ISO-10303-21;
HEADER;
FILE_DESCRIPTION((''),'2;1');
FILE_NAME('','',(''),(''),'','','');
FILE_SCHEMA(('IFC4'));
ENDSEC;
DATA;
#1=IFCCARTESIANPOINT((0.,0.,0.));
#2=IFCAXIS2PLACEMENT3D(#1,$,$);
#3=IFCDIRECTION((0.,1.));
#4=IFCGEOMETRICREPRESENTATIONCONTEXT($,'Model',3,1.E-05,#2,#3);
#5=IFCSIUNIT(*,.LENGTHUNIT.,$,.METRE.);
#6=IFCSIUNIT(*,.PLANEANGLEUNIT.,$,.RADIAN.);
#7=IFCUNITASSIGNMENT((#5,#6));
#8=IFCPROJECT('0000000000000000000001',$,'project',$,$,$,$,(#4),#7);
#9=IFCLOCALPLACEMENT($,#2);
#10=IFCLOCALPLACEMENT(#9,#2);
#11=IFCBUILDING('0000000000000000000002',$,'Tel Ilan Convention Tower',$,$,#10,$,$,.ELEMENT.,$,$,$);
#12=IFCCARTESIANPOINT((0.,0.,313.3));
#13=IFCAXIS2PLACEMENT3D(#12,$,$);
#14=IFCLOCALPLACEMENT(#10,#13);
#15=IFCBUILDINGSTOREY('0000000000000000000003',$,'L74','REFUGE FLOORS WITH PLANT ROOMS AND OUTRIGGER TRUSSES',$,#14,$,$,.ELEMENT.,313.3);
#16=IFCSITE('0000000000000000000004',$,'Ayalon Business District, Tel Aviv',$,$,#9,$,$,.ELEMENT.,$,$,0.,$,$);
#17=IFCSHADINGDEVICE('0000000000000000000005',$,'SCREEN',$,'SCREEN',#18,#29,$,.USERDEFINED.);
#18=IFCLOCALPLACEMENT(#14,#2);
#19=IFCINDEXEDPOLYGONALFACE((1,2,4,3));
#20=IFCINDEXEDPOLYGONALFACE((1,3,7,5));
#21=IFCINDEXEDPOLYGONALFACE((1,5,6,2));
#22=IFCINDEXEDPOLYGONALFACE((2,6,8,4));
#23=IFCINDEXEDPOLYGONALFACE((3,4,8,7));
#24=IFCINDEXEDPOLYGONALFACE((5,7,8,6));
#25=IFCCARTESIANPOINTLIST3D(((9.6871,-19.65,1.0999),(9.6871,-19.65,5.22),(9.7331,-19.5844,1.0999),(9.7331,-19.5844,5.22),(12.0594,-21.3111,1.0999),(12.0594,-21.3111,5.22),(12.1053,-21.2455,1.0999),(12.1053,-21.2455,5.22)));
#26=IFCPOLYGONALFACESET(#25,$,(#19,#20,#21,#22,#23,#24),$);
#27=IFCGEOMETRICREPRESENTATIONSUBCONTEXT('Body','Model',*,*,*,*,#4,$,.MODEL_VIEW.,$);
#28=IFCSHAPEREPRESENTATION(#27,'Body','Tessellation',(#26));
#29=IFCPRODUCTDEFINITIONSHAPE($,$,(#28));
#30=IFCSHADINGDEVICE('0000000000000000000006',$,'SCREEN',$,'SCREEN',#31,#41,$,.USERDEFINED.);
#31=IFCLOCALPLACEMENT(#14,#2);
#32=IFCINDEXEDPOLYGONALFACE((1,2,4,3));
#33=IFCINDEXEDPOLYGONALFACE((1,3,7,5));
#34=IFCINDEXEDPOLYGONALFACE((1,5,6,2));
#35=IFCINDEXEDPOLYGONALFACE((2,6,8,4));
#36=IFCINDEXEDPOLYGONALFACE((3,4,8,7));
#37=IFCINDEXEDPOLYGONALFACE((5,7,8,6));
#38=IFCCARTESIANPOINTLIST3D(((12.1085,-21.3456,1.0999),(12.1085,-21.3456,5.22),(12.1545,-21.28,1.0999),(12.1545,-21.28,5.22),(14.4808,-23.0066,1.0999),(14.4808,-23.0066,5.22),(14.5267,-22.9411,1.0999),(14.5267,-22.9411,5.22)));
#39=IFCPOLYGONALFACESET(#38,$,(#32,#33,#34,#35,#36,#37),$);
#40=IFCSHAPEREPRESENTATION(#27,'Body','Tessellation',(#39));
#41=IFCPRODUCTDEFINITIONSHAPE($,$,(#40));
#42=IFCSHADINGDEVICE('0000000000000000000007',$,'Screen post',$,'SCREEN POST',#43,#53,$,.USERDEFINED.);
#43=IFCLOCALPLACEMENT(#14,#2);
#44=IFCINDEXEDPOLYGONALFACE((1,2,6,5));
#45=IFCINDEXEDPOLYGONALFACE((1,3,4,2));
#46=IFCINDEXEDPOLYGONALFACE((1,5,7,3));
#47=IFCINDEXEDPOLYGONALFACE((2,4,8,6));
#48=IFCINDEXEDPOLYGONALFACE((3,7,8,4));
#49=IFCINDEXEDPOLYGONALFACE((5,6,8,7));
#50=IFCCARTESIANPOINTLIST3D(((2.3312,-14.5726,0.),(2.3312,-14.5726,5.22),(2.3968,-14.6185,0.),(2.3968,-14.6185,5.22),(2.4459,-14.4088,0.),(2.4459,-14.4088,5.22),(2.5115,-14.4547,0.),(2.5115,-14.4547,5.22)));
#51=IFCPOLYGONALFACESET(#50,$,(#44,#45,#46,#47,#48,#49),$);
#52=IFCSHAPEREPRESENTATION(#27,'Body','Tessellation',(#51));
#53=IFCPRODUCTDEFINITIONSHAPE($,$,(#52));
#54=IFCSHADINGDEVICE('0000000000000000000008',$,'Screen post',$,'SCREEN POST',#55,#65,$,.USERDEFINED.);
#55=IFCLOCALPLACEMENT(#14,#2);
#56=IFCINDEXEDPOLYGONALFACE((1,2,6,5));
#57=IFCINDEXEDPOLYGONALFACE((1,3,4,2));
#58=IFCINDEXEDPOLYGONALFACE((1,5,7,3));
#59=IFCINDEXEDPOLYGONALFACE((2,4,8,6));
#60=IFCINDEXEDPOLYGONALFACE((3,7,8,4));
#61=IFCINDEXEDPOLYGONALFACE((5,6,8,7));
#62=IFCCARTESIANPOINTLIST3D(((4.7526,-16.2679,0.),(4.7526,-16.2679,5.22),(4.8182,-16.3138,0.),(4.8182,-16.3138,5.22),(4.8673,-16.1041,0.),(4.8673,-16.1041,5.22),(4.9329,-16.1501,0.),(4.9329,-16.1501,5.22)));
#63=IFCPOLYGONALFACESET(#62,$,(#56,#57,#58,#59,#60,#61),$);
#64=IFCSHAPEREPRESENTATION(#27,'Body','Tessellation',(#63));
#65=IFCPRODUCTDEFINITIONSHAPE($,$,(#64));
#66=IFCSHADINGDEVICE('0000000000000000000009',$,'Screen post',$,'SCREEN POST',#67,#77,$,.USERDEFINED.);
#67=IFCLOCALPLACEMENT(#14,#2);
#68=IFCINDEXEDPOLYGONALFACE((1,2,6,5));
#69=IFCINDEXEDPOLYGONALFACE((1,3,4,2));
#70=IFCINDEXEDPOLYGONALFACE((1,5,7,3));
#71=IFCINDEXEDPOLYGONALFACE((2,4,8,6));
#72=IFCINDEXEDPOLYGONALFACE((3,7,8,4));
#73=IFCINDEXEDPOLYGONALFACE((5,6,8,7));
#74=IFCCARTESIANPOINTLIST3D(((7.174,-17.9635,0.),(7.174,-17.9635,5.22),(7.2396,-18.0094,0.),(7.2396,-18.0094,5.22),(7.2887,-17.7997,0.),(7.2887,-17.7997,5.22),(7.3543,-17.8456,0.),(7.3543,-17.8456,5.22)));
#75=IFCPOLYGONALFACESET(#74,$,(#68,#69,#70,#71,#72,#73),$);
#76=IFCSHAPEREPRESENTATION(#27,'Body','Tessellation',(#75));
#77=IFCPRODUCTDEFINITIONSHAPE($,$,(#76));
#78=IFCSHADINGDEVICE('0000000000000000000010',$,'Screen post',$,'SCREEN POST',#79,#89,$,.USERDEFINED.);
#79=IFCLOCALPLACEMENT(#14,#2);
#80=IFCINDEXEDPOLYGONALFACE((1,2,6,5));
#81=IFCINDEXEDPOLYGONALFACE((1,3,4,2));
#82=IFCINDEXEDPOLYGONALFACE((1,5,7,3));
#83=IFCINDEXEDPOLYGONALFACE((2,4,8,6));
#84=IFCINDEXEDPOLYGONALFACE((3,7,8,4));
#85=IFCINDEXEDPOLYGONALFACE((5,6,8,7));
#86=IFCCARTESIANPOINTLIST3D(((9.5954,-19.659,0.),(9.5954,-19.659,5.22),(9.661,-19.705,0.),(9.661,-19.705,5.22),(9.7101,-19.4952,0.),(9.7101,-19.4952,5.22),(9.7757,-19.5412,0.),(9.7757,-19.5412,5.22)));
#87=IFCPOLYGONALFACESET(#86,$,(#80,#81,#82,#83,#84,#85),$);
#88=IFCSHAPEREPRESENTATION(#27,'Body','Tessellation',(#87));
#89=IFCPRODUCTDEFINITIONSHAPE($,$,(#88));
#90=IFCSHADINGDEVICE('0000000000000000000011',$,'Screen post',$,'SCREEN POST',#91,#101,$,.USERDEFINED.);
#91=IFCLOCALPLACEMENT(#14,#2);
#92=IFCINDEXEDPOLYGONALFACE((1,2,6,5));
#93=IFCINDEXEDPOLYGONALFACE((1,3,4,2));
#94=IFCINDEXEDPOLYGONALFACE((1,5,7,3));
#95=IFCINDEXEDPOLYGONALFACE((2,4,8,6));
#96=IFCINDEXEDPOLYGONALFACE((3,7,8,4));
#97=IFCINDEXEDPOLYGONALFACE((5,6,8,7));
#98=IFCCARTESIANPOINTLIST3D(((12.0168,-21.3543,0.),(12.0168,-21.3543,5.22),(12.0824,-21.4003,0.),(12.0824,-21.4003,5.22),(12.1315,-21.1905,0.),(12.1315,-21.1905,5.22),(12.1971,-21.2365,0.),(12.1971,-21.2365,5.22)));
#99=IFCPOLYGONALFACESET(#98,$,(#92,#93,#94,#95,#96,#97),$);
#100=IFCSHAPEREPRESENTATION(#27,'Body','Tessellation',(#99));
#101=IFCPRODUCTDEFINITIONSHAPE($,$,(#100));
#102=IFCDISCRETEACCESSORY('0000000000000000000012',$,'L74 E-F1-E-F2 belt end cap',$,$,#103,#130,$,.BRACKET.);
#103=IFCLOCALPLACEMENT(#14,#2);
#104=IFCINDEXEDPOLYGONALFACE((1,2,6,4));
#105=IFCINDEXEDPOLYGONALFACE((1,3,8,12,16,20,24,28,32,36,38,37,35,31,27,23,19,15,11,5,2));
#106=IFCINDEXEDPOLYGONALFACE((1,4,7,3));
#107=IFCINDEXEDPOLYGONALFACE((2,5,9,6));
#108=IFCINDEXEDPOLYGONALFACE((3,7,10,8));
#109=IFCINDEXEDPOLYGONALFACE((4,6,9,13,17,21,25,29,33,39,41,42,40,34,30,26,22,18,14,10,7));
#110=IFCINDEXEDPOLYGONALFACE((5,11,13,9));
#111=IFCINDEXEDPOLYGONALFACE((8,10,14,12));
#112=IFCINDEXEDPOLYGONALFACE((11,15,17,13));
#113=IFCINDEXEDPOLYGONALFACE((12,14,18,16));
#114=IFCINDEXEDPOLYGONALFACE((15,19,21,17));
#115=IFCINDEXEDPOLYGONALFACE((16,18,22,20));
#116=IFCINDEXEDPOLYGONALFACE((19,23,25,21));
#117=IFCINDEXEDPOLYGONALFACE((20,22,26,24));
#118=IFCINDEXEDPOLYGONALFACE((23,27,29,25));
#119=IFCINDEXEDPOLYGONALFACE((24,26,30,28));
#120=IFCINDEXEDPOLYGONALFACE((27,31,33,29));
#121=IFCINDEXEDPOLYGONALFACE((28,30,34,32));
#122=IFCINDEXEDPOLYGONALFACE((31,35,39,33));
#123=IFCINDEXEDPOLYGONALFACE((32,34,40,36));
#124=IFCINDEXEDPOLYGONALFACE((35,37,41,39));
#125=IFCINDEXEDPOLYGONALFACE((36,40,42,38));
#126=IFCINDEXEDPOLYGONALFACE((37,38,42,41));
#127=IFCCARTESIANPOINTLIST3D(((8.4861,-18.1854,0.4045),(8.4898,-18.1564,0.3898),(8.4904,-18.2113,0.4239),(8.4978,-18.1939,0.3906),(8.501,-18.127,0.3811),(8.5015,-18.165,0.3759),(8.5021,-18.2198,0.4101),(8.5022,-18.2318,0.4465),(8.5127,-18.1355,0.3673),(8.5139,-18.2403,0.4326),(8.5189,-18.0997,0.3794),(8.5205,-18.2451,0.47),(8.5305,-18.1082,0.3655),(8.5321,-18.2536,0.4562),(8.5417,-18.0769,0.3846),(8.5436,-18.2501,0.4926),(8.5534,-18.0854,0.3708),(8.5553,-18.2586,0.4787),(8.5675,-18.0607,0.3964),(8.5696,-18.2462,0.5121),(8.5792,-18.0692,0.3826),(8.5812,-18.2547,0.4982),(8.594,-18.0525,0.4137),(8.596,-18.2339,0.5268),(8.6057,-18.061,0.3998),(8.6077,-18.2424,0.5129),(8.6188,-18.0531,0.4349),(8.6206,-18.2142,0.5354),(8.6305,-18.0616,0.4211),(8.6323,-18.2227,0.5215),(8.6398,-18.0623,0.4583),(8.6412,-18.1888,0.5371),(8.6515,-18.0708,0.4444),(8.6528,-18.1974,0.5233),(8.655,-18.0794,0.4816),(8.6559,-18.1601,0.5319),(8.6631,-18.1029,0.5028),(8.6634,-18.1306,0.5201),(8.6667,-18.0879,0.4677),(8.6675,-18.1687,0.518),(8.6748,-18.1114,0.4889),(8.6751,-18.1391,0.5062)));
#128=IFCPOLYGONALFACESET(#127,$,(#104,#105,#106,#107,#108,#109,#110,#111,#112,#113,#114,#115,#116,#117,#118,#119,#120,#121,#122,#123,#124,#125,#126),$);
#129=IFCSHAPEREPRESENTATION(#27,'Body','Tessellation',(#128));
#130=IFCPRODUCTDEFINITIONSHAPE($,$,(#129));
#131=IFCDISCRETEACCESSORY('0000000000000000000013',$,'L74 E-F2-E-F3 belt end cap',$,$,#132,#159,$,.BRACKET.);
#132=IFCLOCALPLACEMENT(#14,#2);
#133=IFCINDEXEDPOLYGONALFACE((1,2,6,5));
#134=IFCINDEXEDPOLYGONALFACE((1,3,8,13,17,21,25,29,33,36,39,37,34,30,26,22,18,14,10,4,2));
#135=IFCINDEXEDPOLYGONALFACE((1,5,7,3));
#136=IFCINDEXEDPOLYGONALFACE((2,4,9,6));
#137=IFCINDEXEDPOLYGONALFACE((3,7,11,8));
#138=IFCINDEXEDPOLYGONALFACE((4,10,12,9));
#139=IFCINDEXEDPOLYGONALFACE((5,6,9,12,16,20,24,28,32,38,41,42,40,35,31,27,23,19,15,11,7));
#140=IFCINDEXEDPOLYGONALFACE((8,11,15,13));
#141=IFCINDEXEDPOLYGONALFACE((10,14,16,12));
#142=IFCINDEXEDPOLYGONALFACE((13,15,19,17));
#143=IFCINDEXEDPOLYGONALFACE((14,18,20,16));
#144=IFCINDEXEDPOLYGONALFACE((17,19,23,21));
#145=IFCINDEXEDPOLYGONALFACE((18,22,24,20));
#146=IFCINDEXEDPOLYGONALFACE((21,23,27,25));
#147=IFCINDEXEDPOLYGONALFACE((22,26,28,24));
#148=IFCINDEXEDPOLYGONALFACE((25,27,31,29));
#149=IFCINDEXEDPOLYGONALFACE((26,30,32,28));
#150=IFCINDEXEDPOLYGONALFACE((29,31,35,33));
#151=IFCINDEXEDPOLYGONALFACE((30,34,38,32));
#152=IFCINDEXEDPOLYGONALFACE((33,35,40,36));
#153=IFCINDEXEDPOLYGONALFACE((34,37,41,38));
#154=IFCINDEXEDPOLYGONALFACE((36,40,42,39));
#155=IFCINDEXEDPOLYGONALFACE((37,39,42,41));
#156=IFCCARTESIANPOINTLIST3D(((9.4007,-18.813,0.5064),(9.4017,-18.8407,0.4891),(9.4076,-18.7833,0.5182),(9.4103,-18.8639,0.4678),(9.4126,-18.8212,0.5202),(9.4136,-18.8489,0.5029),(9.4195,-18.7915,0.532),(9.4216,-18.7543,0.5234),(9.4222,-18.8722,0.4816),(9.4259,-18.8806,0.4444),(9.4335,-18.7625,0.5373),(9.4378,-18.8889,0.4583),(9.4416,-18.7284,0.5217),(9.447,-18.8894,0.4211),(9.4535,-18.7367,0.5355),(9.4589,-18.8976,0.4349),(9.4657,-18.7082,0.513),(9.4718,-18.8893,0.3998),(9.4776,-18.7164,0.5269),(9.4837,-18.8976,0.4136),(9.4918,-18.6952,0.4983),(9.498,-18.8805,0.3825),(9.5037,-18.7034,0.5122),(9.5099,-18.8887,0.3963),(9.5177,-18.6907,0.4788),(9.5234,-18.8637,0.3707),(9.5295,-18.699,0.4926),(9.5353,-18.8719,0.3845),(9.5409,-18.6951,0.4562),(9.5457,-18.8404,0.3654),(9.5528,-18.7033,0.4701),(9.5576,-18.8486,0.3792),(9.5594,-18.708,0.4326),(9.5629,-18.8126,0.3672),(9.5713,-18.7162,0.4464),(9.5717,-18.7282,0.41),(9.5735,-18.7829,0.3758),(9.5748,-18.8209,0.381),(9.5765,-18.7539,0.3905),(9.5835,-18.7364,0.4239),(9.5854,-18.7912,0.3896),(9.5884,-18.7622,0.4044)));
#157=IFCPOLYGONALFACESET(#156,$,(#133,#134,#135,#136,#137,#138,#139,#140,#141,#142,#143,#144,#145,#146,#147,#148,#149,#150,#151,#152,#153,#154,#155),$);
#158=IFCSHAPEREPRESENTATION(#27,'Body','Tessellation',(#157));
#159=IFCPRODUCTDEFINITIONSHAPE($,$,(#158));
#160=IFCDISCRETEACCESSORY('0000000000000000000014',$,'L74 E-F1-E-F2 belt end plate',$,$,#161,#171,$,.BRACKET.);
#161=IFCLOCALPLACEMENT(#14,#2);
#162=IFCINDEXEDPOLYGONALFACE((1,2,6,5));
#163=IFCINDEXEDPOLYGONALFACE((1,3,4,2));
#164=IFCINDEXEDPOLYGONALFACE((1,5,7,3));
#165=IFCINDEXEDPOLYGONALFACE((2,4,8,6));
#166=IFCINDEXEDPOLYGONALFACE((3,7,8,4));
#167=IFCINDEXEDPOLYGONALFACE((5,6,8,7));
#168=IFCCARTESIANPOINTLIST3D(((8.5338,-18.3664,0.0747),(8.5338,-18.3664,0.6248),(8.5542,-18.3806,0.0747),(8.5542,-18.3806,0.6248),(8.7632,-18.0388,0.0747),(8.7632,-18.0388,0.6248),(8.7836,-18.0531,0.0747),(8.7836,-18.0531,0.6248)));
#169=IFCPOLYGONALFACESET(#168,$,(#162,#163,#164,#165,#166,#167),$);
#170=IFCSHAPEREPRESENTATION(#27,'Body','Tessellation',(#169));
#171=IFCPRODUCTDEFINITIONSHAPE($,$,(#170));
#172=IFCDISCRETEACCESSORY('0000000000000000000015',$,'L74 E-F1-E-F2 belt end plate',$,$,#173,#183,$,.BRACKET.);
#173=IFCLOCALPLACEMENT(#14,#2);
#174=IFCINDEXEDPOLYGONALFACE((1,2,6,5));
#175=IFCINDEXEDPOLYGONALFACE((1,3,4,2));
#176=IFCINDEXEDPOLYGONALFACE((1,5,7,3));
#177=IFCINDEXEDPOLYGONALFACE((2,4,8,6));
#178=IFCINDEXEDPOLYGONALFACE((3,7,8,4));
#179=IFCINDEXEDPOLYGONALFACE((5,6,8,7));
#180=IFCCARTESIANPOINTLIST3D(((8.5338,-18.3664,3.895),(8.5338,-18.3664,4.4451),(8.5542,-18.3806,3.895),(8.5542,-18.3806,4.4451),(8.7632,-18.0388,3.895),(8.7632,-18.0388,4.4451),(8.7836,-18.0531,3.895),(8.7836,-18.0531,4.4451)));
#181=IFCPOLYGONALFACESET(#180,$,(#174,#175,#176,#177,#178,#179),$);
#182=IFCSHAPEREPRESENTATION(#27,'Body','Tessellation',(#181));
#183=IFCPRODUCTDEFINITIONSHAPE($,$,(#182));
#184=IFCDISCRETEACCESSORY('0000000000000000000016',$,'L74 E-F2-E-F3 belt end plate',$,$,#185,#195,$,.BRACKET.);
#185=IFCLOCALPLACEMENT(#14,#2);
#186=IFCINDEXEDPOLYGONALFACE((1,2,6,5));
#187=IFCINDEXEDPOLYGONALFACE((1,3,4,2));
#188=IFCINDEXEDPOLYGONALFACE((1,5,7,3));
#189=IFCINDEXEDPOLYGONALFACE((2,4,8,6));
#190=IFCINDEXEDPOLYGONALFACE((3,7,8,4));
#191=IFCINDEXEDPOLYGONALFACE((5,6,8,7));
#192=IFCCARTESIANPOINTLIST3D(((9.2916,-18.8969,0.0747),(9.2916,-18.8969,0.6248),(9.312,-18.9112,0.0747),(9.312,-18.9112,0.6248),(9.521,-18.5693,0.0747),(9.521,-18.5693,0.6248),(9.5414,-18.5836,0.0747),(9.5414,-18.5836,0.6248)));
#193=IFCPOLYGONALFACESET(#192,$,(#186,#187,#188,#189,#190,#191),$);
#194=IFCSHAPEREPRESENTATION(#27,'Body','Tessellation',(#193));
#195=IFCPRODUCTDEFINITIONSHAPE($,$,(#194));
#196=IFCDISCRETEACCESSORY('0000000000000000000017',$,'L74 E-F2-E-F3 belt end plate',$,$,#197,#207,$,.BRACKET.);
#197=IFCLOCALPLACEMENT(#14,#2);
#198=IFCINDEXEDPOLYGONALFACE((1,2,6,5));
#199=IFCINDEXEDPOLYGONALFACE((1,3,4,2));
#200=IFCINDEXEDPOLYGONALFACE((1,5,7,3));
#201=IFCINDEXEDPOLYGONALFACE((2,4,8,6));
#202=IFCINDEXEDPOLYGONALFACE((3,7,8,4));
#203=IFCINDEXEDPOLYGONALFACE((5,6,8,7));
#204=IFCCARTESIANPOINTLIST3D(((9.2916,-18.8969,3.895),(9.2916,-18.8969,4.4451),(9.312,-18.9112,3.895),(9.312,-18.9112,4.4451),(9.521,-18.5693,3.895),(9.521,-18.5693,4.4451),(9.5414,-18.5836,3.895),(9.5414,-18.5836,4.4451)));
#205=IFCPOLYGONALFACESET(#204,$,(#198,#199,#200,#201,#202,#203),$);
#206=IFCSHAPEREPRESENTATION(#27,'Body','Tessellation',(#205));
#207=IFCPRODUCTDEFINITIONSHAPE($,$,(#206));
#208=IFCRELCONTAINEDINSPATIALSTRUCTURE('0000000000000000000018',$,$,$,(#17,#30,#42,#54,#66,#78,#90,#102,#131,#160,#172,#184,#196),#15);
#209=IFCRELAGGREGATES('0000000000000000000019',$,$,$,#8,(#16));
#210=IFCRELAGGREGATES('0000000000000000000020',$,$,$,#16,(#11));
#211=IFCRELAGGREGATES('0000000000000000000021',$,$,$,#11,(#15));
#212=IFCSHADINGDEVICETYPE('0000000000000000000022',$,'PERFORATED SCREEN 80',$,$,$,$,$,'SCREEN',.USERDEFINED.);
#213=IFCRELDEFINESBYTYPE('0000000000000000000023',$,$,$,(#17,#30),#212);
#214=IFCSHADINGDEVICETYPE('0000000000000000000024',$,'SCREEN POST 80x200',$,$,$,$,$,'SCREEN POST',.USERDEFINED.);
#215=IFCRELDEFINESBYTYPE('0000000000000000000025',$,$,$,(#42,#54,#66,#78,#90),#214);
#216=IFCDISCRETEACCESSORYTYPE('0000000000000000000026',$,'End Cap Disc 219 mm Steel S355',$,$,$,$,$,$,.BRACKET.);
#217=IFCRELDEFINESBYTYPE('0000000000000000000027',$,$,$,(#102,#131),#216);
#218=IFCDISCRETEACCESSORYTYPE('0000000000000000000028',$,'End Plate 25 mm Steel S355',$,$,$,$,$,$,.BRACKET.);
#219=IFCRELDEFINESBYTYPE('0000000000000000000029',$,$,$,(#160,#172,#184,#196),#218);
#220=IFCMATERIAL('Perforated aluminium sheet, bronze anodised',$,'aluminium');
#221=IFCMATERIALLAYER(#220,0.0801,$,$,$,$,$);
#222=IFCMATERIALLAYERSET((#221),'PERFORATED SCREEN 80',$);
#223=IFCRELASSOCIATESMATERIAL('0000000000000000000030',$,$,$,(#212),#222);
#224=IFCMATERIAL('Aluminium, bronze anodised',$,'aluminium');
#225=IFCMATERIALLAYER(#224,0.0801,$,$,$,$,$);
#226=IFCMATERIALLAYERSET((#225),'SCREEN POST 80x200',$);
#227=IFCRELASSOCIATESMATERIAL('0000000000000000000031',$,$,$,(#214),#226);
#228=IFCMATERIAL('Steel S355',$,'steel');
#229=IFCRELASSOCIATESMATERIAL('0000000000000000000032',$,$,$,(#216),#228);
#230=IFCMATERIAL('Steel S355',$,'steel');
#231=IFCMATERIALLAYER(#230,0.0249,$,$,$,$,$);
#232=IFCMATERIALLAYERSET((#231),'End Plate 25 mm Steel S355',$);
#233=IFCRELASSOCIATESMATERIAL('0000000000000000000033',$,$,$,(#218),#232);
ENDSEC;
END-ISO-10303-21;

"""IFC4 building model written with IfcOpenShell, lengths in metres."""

from ifc_helpers import new_model, si_unit, direction, frame, origin, origin_2d, place, context, subcontext, project, spatial, rectangle, circle, extrude, material, layer, layer_set, material_profile, profile_set, type_object, element, save


model = new_model("IFC4")

# Units and contexts
model_context = context("Model", 3, precision=1e-05, world=origin(), true_north=direction((0.0, 1.0)))
body_context = subcontext(model_context, "Body", "Model", "MODEL_VIEW")
ifc_project = project(units=[si_unit("LENGTHUNIT", "METRE"), si_unit("PLANEANGLEUNIT", "RADIAN")], contexts=[model_context])

# Site, building, storey
site_placement = place(None, origin())
site = spatial("IfcSite", under=ifc_project, at=site_placement, Name="Ayalon Business District, Tel Aviv", CompositionType="ELEMENT", RefElevation=0.0)
building_placement = place(site_placement, origin())
building = spatial("IfcBuilding", under=site, at=building_placement, Name="Tel Ilan Convention Tower", CompositionType="ELEMENT")
storey_placement = place(building_placement, frame((0.0, 0.0, 313.3)))
storey = spatial("IfcBuildingStorey", under=building, at=storey_placement, Name="L74", Description="REFUGE FLOORS WITH PLANT ROOMS AND OUTRIGGER TRUSSES", CompositionType="ELEMENT", Elevation=313.3)

# Shading devices
ifc_material_1 = material(Name="Perforated aluminium sheet, bronze anodised", Category="aluminium")
ifc_layer_1 = layer(ifc_material_1, 0.0801)
ifc_layer_set_1 = layer_set([ifc_layer_1], Name="PERFORATED SCREEN 80")
shading_device_type_1 = type_object("IfcShadingDeviceType", Name="PERFORATED SCREEN 80", ElementType="SCREEN", PredefinedType="USERDEFINED", material=ifc_layer_set_1)
for number, where, z_axis, x_axis, name in (
    (1, (10.8962, -20.4478, 1.0999), (0.0, 0.0, 1.0), (0.819152, -0.573576, 0.0), "SCREEN"),
    (2, (13.3176, -22.1433, 1.0999), (0.0, 0.0, 1.0), (0.819152, -0.573576, 0.0), "SCREEN"),
):
    element("IfcShadingDevice", number, at=place(storey_placement, frame(where, z_axis=z_axis, x_axis=x_axis)), inside=storey, type_object=shading_device_type_1, Name=name, ObjectType="SCREEN", PredefinedType="USERDEFINED", context=body_context, shape_type="SweptSolid", body=[
        extrude(rectangle(XDim=2.896, YDim=0.0801, at=origin_2d()), origin(), (0.0, 0.0, 1.0), 4.1201),
    ])
ifc_material_2 = material(Name="Aluminium, bronze anodised", Category="aluminium")
ifc_layer_2 = layer(ifc_material_2, 0.0801)
ifc_layer_set_2 = layer_set([ifc_layer_2], Name="SCREEN POST 80x200")
shading_device_type_2 = type_object("IfcShadingDeviceType", Name="SCREEN POST 80x200", ElementType="SCREEN POST", PredefinedType="USERDEFINED", material=ifc_layer_set_2)
for number, where, z_axis, x_axis, name in (
    (3, (2.4214, -14.5137, 0.0), (0.0, 0.0, 1.0), (0.819152, -0.573576, 0.0), "Screen post"),
    (4, (4.8428, -16.209, 0.0), (0.0, 0.0, 1.0), (0.819152, -0.573576, 0.0), "Screen post"),
    (5, (7.2642, -17.9045, 0.0), (0.0, 0.0, 1.0), (0.819152, -0.573576, 0.0), "Screen post"),
    (6, (9.6855, -19.6001, 0.0), (0.0, 0.0, 1.0), (0.819152, -0.573576, 0.0), "Screen post"),
    (7, (12.1069, -21.2954, 0.0), (0.0, 0.0, 1.0), (0.819152, -0.573576, 0.0), "Screen post"),
):
    element("IfcShadingDevice", number, at=place(storey_placement, frame(where, z_axis=z_axis, x_axis=x_axis)), inside=storey, type_object=shading_device_type_2, Name=name, ObjectType="SCREEN POST", PredefinedType="USERDEFINED", context=body_context, shape_type="SweptSolid", body=[
        extrude(rectangle(XDim=0.0801, YDim=0.2, at=origin_2d()), origin(), (0.0, 0.0, 1.0), 5.22),
    ])

# Discrete accessories
ifc_material_3 = material(Name="Steel S355", Category="steel")
ifc_material_profile_1 = material_profile(ifc_material_3, circle(Radius=0.1096, at=origin_2d()), Name="End Cap Disc 219 mm Steel S355")
ifc_profile_set_1 = profile_set([ifc_material_profile_1], Name="Steel S355")
discrete_accessory_type_1 = type_object("IfcDiscreteAccessoryType", Name="End Cap Disc 219 mm Steel S355", PredefinedType="BRACKET", material=ifc_profile_set_1)
for number, where, z_axis, x_axis, name in (
    (8, (8.5752, -18.1509, 0.4583), (0.583029, -0.425126, -0.692347), (0.589172, 0.808008, 0.0), "L74 E-F1-E-F2 belt end cap"),
    (9, (9.5002, -18.7988, 0.4583), (-0.59395, 0.412129, -0.690922), (-0.570082, -0.821588, 0.0), "L74 E-F2-E-F3 belt end cap"),
):
    element("IfcDiscreteAccessory", number, at=place(storey_placement, frame(where, z_axis=z_axis, x_axis=x_axis)), inside=storey, type_object=discrete_accessory_type_1, Name=name, PredefinedType="BRACKET", context=body_context, shape_type="SweptSolid", body=[
        extrude(circle(Radius=0.1096, at=origin_2d()), origin(), (0.0, 0.0, 1.0), 0.02),
    ])
ifc_material_4 = material(Name="Steel S355", Category="steel")
ifc_layer_3 = layer(ifc_material_4, 0.0249)
ifc_layer_set_3 = layer_set([ifc_layer_3], Name="End Plate 25 mm Steel S355")
discrete_accessory_type_2 = type_object("IfcDiscreteAccessoryType", Name="End Plate 25 mm Steel S355", PredefinedType="BRACKET", material=ifc_layer_set_3)
for number, where, z_axis, x_axis, name in (
    (10, (8.6587, -18.2097, 0.0747), (0.0, 0.0, 1.0), (0.819152, -0.573576, 0.0), "L74 E-F1-E-F2 belt end plate"),
    (11, (8.6587, -18.2097, 3.895), (0.0, 0.0, 1.0), (0.819152, -0.573576, 0.0), "L74 E-F1-E-F2 belt end plate"),
    (12, (9.4165, -18.7402, 0.0747), (0.0, 0.0, 1.0), (-0.819152, 0.573576, 0.0), "L74 E-F2-E-F3 belt end plate"),
    (13, (9.4165, -18.7402, 3.895), (0.0, 0.0, 1.0), (-0.819152, 0.573576, 0.0), "L74 E-F2-E-F3 belt end plate"),
):
    element("IfcDiscreteAccessory", number, at=place(storey_placement, frame(where, z_axis=z_axis, x_axis=x_axis)), inside=storey, type_object=discrete_accessory_type_2, Name=name, PredefinedType="BRACKET", context=body_context, shape_type="SweptSolid", body=[
        extrude(rectangle(XDim=0.0249, YDim=0.3999, at=origin_2d()), origin(), (0.0, 0.0, 1.0), 0.55),
    ])

save(model, "model.ifc")
